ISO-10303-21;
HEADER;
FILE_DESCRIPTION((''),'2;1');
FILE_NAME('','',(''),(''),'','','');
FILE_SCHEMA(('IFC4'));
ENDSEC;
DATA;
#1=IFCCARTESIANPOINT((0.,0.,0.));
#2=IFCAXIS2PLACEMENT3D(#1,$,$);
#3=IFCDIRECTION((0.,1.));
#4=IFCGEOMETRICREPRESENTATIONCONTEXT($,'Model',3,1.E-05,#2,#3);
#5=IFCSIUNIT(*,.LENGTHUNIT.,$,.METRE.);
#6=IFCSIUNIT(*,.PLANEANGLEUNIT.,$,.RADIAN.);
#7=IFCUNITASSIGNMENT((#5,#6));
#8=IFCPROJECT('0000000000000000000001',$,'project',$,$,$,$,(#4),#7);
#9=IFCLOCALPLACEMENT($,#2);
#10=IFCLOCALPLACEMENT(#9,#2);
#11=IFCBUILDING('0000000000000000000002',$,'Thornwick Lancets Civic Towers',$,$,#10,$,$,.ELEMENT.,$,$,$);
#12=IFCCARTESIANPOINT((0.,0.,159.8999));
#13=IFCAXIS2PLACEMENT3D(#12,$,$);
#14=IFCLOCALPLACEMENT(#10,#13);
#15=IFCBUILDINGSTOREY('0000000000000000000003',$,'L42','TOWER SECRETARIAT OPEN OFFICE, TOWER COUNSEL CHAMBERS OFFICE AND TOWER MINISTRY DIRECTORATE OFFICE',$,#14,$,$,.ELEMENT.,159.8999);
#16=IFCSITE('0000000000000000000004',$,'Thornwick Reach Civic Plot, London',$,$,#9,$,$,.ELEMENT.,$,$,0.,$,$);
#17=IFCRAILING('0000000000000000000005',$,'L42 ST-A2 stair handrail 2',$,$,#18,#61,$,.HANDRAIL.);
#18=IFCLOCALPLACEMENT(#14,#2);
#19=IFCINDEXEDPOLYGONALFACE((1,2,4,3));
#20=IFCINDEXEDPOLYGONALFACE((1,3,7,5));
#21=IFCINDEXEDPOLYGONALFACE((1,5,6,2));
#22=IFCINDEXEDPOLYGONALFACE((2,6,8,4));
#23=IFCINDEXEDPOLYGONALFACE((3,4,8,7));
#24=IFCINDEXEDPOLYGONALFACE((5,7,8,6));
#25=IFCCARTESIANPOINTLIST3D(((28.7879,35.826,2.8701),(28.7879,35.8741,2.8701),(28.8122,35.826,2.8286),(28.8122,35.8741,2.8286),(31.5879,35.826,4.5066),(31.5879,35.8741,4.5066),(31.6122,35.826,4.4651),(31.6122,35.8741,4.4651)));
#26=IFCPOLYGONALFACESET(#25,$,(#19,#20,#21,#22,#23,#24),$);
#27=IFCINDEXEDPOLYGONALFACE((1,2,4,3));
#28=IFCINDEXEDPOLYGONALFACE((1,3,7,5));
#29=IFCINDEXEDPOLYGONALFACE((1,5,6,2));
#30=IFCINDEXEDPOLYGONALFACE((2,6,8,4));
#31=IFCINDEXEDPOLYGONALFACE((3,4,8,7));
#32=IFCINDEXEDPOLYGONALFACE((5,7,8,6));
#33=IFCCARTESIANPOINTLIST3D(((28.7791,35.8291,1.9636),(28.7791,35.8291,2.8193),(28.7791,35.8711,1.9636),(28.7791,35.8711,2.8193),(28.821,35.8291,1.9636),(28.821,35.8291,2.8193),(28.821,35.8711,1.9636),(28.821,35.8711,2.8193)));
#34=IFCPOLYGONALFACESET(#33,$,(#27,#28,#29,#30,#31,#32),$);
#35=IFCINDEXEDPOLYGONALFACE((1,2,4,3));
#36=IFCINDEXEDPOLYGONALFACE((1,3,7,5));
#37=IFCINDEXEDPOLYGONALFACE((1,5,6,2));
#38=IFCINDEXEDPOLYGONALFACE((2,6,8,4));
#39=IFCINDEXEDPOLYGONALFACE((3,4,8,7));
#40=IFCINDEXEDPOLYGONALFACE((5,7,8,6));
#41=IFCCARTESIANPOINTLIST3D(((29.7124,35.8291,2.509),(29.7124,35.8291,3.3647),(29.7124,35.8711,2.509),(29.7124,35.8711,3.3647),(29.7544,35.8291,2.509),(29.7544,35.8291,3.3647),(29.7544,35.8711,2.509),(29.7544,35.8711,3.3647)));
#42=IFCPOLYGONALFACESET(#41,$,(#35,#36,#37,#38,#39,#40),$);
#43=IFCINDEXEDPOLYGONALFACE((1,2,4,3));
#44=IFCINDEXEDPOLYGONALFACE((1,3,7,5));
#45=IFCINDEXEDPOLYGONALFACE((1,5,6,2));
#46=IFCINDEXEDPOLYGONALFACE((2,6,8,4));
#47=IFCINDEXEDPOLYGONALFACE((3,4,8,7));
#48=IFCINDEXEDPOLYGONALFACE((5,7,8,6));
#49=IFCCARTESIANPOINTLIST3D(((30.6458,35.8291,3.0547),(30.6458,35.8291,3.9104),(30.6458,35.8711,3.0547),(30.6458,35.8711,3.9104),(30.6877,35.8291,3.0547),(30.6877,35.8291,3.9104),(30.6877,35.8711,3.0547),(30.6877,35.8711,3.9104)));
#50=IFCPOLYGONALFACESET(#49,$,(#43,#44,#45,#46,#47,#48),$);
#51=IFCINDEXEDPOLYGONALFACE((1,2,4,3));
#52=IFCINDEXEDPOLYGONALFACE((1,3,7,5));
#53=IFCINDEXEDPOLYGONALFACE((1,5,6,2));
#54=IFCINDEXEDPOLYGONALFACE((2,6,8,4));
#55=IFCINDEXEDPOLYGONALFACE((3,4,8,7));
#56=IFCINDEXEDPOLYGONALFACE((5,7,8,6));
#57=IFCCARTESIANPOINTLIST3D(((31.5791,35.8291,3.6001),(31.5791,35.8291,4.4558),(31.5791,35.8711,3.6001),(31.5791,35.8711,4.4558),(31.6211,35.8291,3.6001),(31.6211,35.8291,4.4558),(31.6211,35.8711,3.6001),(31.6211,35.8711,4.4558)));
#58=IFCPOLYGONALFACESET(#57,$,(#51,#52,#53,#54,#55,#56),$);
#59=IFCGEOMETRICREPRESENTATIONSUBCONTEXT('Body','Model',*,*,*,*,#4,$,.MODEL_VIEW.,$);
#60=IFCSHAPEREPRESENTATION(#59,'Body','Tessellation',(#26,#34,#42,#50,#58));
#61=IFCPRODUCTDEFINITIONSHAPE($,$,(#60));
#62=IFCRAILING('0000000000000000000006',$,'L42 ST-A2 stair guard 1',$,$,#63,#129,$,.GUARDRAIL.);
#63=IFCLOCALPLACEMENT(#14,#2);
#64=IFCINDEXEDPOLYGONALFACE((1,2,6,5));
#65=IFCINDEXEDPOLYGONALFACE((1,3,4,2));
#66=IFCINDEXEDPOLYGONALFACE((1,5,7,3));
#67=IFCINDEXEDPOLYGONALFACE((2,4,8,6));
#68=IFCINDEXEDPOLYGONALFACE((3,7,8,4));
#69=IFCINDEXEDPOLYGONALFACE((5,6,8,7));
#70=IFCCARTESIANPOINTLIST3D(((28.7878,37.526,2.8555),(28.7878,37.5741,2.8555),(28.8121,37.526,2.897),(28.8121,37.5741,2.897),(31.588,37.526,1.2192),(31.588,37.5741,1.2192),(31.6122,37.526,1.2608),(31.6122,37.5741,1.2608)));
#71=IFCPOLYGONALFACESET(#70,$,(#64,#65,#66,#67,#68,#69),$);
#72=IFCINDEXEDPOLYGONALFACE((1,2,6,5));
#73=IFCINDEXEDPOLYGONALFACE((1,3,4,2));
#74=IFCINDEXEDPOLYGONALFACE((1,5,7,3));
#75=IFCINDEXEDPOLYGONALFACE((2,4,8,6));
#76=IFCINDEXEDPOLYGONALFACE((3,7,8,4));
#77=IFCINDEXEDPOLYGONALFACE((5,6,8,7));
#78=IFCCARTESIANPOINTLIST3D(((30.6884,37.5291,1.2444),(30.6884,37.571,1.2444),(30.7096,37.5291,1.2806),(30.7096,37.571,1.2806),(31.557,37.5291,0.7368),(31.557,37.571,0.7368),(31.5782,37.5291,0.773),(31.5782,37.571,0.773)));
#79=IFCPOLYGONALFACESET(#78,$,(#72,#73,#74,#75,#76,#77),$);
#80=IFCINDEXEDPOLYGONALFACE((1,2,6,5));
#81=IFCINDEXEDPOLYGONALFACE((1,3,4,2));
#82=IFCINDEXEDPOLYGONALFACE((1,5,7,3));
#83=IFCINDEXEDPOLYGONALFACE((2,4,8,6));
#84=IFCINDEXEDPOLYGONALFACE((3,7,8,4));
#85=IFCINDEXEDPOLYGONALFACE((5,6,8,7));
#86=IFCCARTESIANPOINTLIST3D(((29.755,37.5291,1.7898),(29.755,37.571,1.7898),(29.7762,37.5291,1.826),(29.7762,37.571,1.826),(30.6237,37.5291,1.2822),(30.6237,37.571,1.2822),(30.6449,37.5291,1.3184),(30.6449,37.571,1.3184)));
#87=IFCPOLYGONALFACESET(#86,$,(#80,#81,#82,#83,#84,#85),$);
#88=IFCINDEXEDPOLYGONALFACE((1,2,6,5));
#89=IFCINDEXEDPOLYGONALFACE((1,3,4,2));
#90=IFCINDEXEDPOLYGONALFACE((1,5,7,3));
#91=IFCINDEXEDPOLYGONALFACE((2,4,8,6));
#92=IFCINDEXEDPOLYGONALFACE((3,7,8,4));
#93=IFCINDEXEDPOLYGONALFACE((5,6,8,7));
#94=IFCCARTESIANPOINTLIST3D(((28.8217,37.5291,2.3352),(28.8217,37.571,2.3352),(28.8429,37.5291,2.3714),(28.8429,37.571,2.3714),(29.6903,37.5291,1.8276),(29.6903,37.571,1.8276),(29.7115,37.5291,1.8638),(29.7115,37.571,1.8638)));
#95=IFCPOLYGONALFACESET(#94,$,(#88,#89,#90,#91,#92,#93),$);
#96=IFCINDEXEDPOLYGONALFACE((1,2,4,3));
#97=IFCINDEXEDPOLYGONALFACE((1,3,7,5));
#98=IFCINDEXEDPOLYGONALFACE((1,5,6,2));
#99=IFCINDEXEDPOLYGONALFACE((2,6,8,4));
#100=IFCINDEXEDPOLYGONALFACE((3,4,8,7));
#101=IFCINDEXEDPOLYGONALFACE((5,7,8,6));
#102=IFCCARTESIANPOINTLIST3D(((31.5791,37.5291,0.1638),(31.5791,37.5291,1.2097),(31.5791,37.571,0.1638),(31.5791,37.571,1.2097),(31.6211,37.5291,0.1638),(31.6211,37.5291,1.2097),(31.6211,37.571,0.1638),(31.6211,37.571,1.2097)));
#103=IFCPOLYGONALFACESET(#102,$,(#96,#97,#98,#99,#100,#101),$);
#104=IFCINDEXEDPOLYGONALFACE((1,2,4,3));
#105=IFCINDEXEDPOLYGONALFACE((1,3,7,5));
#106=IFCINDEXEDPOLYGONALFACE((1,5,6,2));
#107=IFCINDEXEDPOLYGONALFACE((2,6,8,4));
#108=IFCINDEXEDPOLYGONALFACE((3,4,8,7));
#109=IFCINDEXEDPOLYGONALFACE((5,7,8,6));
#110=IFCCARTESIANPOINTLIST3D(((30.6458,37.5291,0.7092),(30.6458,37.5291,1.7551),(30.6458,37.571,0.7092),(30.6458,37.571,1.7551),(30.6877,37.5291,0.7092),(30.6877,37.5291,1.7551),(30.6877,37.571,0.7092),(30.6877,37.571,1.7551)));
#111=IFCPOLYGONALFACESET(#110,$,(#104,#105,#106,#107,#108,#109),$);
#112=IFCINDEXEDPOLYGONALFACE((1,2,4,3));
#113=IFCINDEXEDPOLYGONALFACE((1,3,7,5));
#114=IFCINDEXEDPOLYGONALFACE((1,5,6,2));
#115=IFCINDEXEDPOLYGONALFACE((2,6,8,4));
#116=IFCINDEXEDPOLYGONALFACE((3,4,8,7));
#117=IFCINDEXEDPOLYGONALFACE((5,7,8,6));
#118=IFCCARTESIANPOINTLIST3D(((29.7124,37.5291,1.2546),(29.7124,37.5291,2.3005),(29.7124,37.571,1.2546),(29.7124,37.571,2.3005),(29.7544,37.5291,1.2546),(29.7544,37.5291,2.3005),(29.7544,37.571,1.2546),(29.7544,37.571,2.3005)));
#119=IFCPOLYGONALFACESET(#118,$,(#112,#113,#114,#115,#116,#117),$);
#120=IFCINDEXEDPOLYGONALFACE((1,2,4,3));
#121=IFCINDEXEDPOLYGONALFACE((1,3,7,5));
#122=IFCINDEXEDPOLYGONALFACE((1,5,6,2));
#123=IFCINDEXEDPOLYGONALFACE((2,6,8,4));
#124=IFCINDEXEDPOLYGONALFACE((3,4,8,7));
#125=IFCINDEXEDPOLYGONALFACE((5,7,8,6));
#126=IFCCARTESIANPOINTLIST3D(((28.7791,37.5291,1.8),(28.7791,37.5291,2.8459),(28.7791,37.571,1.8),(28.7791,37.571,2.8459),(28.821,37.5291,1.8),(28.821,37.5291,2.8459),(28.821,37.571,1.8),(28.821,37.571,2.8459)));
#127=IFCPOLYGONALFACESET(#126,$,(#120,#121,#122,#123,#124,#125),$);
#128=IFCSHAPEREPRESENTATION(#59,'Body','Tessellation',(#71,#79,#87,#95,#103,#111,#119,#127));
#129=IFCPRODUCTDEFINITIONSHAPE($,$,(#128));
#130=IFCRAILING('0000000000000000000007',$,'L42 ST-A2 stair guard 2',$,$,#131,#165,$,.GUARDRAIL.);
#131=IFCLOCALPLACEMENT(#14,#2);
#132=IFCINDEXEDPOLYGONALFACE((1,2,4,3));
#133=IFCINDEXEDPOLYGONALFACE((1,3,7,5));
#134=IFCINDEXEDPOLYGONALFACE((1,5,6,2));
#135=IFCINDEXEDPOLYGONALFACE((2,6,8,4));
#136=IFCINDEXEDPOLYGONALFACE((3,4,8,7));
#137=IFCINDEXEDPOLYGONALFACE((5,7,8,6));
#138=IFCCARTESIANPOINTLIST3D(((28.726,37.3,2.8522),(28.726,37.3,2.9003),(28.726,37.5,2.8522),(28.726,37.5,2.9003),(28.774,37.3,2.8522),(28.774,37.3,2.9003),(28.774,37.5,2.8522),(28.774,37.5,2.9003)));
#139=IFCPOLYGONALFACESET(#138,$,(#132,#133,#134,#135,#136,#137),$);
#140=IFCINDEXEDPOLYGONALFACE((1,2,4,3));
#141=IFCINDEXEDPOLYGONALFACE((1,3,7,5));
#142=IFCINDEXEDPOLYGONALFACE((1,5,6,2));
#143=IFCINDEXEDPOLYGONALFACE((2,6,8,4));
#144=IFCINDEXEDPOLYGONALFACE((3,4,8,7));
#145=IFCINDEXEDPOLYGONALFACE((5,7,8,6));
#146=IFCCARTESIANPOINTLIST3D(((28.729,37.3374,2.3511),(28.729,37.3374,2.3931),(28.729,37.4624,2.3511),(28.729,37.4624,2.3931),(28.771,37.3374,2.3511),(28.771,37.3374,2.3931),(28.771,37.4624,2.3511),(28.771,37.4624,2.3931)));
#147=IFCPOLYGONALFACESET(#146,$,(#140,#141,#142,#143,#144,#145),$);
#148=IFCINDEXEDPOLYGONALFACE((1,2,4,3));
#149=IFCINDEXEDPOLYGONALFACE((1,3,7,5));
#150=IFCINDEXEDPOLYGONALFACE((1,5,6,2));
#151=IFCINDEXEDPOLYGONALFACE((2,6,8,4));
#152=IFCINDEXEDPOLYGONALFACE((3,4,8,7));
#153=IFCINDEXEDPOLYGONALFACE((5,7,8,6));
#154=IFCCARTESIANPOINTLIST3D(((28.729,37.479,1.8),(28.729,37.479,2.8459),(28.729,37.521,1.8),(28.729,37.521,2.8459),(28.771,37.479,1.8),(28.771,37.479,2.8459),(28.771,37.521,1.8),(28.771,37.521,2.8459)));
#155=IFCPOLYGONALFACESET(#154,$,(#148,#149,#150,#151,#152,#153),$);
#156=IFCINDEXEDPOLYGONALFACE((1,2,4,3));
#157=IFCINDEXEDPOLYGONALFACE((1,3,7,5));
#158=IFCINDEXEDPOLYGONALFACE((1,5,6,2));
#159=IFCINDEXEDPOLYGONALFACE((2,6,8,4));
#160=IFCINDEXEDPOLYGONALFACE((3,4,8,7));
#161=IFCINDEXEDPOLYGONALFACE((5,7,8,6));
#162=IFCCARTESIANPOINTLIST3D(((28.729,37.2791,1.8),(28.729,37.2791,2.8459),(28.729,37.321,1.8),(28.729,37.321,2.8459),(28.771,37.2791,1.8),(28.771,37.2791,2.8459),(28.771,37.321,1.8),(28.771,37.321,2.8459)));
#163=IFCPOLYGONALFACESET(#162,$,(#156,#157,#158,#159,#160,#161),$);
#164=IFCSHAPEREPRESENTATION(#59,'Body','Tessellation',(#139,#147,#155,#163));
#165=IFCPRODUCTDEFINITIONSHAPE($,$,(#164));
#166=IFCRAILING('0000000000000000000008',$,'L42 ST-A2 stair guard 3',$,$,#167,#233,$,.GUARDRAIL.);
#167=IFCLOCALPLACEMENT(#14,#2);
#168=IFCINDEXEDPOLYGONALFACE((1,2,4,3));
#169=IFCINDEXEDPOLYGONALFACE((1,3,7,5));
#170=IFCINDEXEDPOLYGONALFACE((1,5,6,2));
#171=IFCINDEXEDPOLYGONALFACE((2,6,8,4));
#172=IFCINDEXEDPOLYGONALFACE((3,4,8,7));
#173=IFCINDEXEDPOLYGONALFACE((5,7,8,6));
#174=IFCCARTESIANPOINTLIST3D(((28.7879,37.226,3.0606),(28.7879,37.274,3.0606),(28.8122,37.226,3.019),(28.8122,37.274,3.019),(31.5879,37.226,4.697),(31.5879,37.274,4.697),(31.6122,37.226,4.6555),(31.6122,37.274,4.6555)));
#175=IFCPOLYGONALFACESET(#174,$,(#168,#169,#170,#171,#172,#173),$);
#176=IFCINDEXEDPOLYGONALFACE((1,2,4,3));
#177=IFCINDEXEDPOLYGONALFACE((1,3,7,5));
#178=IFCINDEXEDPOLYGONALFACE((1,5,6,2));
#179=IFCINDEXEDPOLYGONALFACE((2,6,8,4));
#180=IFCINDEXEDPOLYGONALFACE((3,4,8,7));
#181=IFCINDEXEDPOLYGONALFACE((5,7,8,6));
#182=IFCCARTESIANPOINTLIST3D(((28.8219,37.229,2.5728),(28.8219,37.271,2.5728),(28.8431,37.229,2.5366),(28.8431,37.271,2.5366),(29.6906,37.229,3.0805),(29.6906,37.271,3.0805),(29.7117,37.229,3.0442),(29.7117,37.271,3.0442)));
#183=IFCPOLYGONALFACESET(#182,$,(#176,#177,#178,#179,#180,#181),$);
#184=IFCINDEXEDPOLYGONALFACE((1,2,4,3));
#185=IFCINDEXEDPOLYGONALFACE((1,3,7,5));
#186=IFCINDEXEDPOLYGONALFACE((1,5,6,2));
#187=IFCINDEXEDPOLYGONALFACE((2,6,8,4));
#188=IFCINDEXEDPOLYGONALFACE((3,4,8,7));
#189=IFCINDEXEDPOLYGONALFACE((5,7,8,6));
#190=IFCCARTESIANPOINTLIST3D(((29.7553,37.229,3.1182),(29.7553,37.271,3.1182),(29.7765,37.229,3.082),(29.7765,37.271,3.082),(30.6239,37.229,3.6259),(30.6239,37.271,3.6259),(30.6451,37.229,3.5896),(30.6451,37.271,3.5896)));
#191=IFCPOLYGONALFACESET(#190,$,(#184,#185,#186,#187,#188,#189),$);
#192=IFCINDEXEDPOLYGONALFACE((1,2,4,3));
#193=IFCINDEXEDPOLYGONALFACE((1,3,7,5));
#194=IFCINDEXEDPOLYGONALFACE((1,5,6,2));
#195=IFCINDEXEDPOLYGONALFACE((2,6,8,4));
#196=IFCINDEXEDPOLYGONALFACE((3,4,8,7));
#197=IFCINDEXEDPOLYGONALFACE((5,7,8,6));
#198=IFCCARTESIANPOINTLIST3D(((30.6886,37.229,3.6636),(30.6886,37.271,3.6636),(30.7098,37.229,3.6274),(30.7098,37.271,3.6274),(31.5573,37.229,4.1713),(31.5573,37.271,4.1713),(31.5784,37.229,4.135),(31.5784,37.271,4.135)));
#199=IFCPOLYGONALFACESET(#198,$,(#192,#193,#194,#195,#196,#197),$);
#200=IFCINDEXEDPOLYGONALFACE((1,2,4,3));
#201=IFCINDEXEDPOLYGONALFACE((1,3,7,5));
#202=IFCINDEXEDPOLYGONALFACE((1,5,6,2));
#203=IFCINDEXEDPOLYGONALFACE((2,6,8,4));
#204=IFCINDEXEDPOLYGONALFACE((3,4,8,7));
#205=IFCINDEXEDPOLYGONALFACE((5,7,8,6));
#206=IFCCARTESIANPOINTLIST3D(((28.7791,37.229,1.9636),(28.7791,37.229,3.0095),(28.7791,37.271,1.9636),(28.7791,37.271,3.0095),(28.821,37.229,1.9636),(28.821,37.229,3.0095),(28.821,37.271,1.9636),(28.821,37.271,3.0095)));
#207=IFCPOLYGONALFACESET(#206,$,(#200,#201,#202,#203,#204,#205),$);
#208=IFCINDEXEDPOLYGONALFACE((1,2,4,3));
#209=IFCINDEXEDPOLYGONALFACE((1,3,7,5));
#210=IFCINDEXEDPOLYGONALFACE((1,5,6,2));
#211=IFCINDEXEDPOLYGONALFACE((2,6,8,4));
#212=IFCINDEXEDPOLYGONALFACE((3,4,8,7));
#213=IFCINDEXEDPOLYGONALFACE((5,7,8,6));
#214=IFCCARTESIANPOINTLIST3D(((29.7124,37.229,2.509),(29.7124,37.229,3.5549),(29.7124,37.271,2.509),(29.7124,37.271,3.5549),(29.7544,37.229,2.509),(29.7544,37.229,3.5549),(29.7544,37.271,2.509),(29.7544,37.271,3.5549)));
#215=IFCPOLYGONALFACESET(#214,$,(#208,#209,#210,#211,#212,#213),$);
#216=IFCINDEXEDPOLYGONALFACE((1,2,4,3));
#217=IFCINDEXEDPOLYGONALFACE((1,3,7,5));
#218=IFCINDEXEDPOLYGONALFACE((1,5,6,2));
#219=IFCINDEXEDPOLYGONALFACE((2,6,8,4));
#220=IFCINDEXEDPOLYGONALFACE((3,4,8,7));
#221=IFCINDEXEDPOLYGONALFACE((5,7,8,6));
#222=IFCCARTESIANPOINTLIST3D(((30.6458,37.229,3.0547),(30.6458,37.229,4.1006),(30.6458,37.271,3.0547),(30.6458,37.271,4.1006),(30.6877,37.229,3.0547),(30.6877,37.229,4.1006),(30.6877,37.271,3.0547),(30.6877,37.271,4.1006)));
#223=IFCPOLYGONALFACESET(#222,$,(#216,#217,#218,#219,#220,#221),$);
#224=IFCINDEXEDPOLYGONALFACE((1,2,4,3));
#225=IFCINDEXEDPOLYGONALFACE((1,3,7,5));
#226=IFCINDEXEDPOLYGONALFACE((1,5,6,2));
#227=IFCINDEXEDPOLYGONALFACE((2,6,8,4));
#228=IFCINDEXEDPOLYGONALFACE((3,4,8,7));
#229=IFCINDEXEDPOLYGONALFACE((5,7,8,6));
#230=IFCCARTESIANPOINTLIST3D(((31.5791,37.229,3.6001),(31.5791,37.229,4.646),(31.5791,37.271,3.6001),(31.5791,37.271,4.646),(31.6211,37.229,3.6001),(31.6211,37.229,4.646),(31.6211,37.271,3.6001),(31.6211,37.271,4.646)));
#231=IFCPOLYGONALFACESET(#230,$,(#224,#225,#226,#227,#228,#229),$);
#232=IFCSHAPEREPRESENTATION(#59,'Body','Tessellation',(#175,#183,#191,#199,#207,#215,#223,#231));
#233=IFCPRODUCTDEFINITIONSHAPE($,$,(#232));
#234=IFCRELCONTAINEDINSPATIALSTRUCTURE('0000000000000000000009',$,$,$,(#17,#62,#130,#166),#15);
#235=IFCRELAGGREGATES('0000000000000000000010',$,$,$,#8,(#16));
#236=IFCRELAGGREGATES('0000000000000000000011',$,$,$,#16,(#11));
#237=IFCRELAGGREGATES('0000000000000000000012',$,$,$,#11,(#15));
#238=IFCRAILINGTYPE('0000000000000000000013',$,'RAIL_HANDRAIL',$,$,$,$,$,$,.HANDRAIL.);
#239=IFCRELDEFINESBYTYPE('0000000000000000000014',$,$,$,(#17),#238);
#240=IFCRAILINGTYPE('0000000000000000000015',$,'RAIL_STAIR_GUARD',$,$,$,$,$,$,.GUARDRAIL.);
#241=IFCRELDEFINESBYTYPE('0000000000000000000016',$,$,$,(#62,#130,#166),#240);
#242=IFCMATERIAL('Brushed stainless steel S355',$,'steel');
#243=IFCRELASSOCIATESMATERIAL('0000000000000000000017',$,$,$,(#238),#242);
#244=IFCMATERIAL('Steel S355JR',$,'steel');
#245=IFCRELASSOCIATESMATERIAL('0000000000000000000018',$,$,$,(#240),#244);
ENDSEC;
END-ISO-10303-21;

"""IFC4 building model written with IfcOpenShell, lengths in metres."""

from ifc_helpers import new_model, si_unit, direction, frame, origin, origin_2d, place, context, subcontext, project, spatial, rectangle, extrude, material, type_object, element, save


model = new_model("IFC4")

# Units and contexts
model_context = context("Model", 3, precision=1e-05, world=origin(), true_north=direction((0.0, 1.0)))
body_context = subcontext(model_context, "Body", "Model", "MODEL_VIEW")
ifc_project = project(units=[si_unit("LENGTHUNIT", "METRE"), si_unit("PLANEANGLEUNIT", "RADIAN")], contexts=[model_context])

# Site, building, storey
site_placement = place(None, origin())
site = spatial("IfcSite", under=ifc_project, at=site_placement, Name="Thornwick Reach Civic Plot, London", CompositionType="ELEMENT", RefElevation=0.0)
building_placement = place(site_placement, origin())
building = spatial("IfcBuilding", under=site, at=building_placement, Name="Thornwick Lancets Civic Towers", CompositionType="ELEMENT")
storey_placement = place(building_placement, frame((0.0, 0.0, 159.8999)))
storey = spatial("IfcBuildingStorey", under=building, at=storey_placement, Name="L42", Description="TOWER SECRETARIAT OPEN OFFICE, TOWER COUNSEL CHAMBERS OFFICE AND TOWER MINISTRY DIRECTORATE OFFICE", CompositionType="ELEMENT", Elevation=159.8999)

# Shared definitions
ifc_material_1 = material(Name="Steel S355JR", Category="steel")

# Railings
ifc_material_2 = material(Name="Brushed stainless steel S355", Category="steel")
railing_type_1 = type_object("IfcRailingType", Name="RAIL_HANDRAIL", PredefinedType="HANDRAIL", material=ifc_material_2)
railing_1_placement = place(storey_placement, frame((28.8, 35.8501, 1.9636)))
element("IfcRailing", 1, at=railing_1_placement, inside=storey, type_object=railing_type_1, Name="L42 ST-A2 stair handrail 2", PredefinedType="HANDRAIL", context=body_context, shape_type="SweptSolid", body=[
    extrude(rectangle(XDim=0.0481, YDim=0.0481, at=origin_2d()), frame((0.0, 0.0, 0.8857), z_axis=(0.863361, 0.0, 0.504587), x_axis=(0.0, 1.0, 0.0)), (0.0, 0.0, 1.0), 3.2432),
    extrude(rectangle(XDim=0.042, YDim=0.042, at=origin_2d()), origin(), (0.0, 0.0, 1.0), 0.8557),
    extrude(rectangle(XDim=0.042, YDim=0.042, at=origin_2d()), frame((0.9333, 0.0, 0.5454)), (0.0, 0.0, 1.0), 0.8557),
    extrude(rectangle(XDim=0.042, YDim=0.042, at=origin_2d()), frame((1.8667, 0.0, 1.0911)), (0.0, 0.0, 1.0), 0.8557),
    extrude(rectangle(XDim=0.042, YDim=0.042, at=origin_2d()), frame((2.8, 0.0, 1.6365)), (0.0, 0.0, 1.0), 0.8557),
])
railing_type_2 = type_object("IfcRailingType", Name="RAIL_STAIR_GUARD", PredefinedType="GUARDRAIL", material=ifc_material_1)
railing_2_placement = place(storey_placement, frame((31.6001, 37.55, 0.1638)))
element("IfcRailing", 2, at=railing_2_placement, inside=storey, type_object=railing_type_2, Name="L42 ST-A2 stair guard 1", PredefinedType="GUARDRAIL", context=body_context, shape_type="SweptSolid", body=[
    extrude(rectangle(XDim=0.0481, YDim=0.0481, at=origin_2d()), frame((0.0, 0.0, 1.0762), z_axis=(-0.863394, 0.0, 0.504531), x_axis=(0.0, -1.0, 0.0)), (0.0, 0.0, 1.0), 3.2432),
    extrude(rectangle(XDim=0.042, YDim=0.042, at=origin_2d()), frame((-0.0325, 0.0, 0.5911), z_axis=(-0.863394, 0.0, 0.504531), x_axis=(0.0, -1.0, 0.0)), (0.0, 0.0, 1.0), 1.0061),
    extrude(rectangle(XDim=0.042, YDim=0.042, at=origin_2d()), frame((-0.9658, 0.0, 1.1365), z_axis=(-0.863394, 0.0, 0.504531), x_axis=(0.0, -1.0, 0.0)), (0.0, 0.0, 1.0), 1.0061),
    extrude(rectangle(XDim=0.042, YDim=0.042, at=origin_2d()), frame((-1.8992, 0.0, 1.6819), z_axis=(-0.863394, 0.0, 0.504531), x_axis=(0.0, -1.0, 0.0)), (0.0, 0.0, 1.0), 1.0061),
    extrude(rectangle(XDim=0.042, YDim=0.042, at=origin_2d()), origin(), (0.0, 0.0, 1.0), 1.0459),
    extrude(rectangle(XDim=0.042, YDim=0.042, at=origin_2d()), frame((-0.9333, 0.0, 0.5454)), (0.0, 0.0, 1.0), 1.0459),
    extrude(rectangle(XDim=0.042, YDim=0.042, at=origin_2d()), frame((-1.8667, 0.0, 1.0908)), (0.0, 0.0, 1.0), 1.0459),
    extrude(rectangle(XDim=0.042, YDim=0.042, at=origin_2d()), frame((-2.8, 0.0, 1.6362)), (0.0, 0.0, 1.0), 1.0459),
])
railing_3_placement = place(storey_placement, frame((28.75, 37.5, 1.8)))
element("IfcRailing", 3, at=railing_3_placement, inside=storey, type_object=railing_type_2, Name="L42 ST-A2 stair guard 2", PredefinedType="GUARDRAIL", context=body_context, shape_type="SweptSolid", body=[
    extrude(rectangle(XDim=0.0481, YDim=0.0481, at=origin_2d()), frame((0.0, 0.0, 1.0762), z_axis=(0.0, -1.0, 0.0), x_axis=(1.0, 0.0, 0.0)), (0.0, 0.0, 1.0), 0.2),
    extrude(rectangle(XDim=0.042, YDim=0.042, at=origin_2d()), frame((0.0, -0.0376, 0.572), z_axis=(0.0, -1.0, 0.0), x_axis=(1.0, 0.0, 0.0)), (0.0, 0.0, 1.0), 0.125),
    extrude(rectangle(XDim=0.042, YDim=0.042, at=origin_2d()), origin(), (0.0, 0.0, 1.0), 1.0459),
    extrude(rectangle(XDim=0.042, YDim=0.042, at=origin_2d()), frame((0.0, -0.2, 0.0)), (0.0, 0.0, 1.0), 1.0459),
])
railing_4_placement = place(storey_placement, frame((28.8, 37.25, 1.9636)))
element("IfcRailing", 4, at=railing_4_placement, inside=storey, type_object=railing_type_2, Name="L42 ST-A2 stair guard 3", PredefinedType="GUARDRAIL", context=body_context, shape_type="SweptSolid", body=[
    extrude(rectangle(XDim=0.0481, YDim=0.0481, at=origin_2d()), frame((0.0, 0.0, 1.0762), z_axis=(0.863361, 0.0, 0.504587), x_axis=(0.0, 1.0, 0.0)), (0.0, 0.0, 1.0), 3.2432),
    extrude(rectangle(XDim=0.042, YDim=0.042, at=origin_2d()), frame((0.0325, 0.0, 0.5911), z_axis=(0.863361, 0.0, 0.504587), x_axis=(0.0, 1.0, 0.0)), (0.0, 0.0, 1.0), 1.0061),
    extrude(rectangle(XDim=0.042, YDim=0.042, at=origin_2d()), frame((0.9658, 0.0, 1.1365), z_axis=(0.863361, 0.0, 0.504587), x_axis=(0.0, 1.0, 0.0)), (0.0, 0.0, 1.0), 1.0061),
    extrude(rectangle(XDim=0.042, YDim=0.042, at=origin_2d()), frame((1.8992, 0.0, 1.6819), z_axis=(0.863361, 0.0, 0.504587), x_axis=(0.0, 1.0, 0.0)), (0.0, 0.0, 1.0), 1.0061),
    extrude(rectangle(XDim=0.042, YDim=0.042, at=origin_2d()), origin(), (0.0, 0.0, 1.0), 1.0459),
    extrude(rectangle(XDim=0.042, YDim=0.042, at=origin_2d()), frame((0.9333, 0.0, 0.5454)), (0.0, 0.0, 1.0), 1.0459),
    extrude(rectangle(XDim=0.042, YDim=0.042, at=origin_2d()), frame((1.8667, 0.0, 1.0911)), (0.0, 0.0, 1.0), 1.0459),
    extrude(rectangle(XDim=0.042, YDim=0.042, at=origin_2d()), frame((2.8, 0.0, 1.6365)), (0.0, 0.0, 1.0), 1.0459),
])

save(model, "model.ifc")
